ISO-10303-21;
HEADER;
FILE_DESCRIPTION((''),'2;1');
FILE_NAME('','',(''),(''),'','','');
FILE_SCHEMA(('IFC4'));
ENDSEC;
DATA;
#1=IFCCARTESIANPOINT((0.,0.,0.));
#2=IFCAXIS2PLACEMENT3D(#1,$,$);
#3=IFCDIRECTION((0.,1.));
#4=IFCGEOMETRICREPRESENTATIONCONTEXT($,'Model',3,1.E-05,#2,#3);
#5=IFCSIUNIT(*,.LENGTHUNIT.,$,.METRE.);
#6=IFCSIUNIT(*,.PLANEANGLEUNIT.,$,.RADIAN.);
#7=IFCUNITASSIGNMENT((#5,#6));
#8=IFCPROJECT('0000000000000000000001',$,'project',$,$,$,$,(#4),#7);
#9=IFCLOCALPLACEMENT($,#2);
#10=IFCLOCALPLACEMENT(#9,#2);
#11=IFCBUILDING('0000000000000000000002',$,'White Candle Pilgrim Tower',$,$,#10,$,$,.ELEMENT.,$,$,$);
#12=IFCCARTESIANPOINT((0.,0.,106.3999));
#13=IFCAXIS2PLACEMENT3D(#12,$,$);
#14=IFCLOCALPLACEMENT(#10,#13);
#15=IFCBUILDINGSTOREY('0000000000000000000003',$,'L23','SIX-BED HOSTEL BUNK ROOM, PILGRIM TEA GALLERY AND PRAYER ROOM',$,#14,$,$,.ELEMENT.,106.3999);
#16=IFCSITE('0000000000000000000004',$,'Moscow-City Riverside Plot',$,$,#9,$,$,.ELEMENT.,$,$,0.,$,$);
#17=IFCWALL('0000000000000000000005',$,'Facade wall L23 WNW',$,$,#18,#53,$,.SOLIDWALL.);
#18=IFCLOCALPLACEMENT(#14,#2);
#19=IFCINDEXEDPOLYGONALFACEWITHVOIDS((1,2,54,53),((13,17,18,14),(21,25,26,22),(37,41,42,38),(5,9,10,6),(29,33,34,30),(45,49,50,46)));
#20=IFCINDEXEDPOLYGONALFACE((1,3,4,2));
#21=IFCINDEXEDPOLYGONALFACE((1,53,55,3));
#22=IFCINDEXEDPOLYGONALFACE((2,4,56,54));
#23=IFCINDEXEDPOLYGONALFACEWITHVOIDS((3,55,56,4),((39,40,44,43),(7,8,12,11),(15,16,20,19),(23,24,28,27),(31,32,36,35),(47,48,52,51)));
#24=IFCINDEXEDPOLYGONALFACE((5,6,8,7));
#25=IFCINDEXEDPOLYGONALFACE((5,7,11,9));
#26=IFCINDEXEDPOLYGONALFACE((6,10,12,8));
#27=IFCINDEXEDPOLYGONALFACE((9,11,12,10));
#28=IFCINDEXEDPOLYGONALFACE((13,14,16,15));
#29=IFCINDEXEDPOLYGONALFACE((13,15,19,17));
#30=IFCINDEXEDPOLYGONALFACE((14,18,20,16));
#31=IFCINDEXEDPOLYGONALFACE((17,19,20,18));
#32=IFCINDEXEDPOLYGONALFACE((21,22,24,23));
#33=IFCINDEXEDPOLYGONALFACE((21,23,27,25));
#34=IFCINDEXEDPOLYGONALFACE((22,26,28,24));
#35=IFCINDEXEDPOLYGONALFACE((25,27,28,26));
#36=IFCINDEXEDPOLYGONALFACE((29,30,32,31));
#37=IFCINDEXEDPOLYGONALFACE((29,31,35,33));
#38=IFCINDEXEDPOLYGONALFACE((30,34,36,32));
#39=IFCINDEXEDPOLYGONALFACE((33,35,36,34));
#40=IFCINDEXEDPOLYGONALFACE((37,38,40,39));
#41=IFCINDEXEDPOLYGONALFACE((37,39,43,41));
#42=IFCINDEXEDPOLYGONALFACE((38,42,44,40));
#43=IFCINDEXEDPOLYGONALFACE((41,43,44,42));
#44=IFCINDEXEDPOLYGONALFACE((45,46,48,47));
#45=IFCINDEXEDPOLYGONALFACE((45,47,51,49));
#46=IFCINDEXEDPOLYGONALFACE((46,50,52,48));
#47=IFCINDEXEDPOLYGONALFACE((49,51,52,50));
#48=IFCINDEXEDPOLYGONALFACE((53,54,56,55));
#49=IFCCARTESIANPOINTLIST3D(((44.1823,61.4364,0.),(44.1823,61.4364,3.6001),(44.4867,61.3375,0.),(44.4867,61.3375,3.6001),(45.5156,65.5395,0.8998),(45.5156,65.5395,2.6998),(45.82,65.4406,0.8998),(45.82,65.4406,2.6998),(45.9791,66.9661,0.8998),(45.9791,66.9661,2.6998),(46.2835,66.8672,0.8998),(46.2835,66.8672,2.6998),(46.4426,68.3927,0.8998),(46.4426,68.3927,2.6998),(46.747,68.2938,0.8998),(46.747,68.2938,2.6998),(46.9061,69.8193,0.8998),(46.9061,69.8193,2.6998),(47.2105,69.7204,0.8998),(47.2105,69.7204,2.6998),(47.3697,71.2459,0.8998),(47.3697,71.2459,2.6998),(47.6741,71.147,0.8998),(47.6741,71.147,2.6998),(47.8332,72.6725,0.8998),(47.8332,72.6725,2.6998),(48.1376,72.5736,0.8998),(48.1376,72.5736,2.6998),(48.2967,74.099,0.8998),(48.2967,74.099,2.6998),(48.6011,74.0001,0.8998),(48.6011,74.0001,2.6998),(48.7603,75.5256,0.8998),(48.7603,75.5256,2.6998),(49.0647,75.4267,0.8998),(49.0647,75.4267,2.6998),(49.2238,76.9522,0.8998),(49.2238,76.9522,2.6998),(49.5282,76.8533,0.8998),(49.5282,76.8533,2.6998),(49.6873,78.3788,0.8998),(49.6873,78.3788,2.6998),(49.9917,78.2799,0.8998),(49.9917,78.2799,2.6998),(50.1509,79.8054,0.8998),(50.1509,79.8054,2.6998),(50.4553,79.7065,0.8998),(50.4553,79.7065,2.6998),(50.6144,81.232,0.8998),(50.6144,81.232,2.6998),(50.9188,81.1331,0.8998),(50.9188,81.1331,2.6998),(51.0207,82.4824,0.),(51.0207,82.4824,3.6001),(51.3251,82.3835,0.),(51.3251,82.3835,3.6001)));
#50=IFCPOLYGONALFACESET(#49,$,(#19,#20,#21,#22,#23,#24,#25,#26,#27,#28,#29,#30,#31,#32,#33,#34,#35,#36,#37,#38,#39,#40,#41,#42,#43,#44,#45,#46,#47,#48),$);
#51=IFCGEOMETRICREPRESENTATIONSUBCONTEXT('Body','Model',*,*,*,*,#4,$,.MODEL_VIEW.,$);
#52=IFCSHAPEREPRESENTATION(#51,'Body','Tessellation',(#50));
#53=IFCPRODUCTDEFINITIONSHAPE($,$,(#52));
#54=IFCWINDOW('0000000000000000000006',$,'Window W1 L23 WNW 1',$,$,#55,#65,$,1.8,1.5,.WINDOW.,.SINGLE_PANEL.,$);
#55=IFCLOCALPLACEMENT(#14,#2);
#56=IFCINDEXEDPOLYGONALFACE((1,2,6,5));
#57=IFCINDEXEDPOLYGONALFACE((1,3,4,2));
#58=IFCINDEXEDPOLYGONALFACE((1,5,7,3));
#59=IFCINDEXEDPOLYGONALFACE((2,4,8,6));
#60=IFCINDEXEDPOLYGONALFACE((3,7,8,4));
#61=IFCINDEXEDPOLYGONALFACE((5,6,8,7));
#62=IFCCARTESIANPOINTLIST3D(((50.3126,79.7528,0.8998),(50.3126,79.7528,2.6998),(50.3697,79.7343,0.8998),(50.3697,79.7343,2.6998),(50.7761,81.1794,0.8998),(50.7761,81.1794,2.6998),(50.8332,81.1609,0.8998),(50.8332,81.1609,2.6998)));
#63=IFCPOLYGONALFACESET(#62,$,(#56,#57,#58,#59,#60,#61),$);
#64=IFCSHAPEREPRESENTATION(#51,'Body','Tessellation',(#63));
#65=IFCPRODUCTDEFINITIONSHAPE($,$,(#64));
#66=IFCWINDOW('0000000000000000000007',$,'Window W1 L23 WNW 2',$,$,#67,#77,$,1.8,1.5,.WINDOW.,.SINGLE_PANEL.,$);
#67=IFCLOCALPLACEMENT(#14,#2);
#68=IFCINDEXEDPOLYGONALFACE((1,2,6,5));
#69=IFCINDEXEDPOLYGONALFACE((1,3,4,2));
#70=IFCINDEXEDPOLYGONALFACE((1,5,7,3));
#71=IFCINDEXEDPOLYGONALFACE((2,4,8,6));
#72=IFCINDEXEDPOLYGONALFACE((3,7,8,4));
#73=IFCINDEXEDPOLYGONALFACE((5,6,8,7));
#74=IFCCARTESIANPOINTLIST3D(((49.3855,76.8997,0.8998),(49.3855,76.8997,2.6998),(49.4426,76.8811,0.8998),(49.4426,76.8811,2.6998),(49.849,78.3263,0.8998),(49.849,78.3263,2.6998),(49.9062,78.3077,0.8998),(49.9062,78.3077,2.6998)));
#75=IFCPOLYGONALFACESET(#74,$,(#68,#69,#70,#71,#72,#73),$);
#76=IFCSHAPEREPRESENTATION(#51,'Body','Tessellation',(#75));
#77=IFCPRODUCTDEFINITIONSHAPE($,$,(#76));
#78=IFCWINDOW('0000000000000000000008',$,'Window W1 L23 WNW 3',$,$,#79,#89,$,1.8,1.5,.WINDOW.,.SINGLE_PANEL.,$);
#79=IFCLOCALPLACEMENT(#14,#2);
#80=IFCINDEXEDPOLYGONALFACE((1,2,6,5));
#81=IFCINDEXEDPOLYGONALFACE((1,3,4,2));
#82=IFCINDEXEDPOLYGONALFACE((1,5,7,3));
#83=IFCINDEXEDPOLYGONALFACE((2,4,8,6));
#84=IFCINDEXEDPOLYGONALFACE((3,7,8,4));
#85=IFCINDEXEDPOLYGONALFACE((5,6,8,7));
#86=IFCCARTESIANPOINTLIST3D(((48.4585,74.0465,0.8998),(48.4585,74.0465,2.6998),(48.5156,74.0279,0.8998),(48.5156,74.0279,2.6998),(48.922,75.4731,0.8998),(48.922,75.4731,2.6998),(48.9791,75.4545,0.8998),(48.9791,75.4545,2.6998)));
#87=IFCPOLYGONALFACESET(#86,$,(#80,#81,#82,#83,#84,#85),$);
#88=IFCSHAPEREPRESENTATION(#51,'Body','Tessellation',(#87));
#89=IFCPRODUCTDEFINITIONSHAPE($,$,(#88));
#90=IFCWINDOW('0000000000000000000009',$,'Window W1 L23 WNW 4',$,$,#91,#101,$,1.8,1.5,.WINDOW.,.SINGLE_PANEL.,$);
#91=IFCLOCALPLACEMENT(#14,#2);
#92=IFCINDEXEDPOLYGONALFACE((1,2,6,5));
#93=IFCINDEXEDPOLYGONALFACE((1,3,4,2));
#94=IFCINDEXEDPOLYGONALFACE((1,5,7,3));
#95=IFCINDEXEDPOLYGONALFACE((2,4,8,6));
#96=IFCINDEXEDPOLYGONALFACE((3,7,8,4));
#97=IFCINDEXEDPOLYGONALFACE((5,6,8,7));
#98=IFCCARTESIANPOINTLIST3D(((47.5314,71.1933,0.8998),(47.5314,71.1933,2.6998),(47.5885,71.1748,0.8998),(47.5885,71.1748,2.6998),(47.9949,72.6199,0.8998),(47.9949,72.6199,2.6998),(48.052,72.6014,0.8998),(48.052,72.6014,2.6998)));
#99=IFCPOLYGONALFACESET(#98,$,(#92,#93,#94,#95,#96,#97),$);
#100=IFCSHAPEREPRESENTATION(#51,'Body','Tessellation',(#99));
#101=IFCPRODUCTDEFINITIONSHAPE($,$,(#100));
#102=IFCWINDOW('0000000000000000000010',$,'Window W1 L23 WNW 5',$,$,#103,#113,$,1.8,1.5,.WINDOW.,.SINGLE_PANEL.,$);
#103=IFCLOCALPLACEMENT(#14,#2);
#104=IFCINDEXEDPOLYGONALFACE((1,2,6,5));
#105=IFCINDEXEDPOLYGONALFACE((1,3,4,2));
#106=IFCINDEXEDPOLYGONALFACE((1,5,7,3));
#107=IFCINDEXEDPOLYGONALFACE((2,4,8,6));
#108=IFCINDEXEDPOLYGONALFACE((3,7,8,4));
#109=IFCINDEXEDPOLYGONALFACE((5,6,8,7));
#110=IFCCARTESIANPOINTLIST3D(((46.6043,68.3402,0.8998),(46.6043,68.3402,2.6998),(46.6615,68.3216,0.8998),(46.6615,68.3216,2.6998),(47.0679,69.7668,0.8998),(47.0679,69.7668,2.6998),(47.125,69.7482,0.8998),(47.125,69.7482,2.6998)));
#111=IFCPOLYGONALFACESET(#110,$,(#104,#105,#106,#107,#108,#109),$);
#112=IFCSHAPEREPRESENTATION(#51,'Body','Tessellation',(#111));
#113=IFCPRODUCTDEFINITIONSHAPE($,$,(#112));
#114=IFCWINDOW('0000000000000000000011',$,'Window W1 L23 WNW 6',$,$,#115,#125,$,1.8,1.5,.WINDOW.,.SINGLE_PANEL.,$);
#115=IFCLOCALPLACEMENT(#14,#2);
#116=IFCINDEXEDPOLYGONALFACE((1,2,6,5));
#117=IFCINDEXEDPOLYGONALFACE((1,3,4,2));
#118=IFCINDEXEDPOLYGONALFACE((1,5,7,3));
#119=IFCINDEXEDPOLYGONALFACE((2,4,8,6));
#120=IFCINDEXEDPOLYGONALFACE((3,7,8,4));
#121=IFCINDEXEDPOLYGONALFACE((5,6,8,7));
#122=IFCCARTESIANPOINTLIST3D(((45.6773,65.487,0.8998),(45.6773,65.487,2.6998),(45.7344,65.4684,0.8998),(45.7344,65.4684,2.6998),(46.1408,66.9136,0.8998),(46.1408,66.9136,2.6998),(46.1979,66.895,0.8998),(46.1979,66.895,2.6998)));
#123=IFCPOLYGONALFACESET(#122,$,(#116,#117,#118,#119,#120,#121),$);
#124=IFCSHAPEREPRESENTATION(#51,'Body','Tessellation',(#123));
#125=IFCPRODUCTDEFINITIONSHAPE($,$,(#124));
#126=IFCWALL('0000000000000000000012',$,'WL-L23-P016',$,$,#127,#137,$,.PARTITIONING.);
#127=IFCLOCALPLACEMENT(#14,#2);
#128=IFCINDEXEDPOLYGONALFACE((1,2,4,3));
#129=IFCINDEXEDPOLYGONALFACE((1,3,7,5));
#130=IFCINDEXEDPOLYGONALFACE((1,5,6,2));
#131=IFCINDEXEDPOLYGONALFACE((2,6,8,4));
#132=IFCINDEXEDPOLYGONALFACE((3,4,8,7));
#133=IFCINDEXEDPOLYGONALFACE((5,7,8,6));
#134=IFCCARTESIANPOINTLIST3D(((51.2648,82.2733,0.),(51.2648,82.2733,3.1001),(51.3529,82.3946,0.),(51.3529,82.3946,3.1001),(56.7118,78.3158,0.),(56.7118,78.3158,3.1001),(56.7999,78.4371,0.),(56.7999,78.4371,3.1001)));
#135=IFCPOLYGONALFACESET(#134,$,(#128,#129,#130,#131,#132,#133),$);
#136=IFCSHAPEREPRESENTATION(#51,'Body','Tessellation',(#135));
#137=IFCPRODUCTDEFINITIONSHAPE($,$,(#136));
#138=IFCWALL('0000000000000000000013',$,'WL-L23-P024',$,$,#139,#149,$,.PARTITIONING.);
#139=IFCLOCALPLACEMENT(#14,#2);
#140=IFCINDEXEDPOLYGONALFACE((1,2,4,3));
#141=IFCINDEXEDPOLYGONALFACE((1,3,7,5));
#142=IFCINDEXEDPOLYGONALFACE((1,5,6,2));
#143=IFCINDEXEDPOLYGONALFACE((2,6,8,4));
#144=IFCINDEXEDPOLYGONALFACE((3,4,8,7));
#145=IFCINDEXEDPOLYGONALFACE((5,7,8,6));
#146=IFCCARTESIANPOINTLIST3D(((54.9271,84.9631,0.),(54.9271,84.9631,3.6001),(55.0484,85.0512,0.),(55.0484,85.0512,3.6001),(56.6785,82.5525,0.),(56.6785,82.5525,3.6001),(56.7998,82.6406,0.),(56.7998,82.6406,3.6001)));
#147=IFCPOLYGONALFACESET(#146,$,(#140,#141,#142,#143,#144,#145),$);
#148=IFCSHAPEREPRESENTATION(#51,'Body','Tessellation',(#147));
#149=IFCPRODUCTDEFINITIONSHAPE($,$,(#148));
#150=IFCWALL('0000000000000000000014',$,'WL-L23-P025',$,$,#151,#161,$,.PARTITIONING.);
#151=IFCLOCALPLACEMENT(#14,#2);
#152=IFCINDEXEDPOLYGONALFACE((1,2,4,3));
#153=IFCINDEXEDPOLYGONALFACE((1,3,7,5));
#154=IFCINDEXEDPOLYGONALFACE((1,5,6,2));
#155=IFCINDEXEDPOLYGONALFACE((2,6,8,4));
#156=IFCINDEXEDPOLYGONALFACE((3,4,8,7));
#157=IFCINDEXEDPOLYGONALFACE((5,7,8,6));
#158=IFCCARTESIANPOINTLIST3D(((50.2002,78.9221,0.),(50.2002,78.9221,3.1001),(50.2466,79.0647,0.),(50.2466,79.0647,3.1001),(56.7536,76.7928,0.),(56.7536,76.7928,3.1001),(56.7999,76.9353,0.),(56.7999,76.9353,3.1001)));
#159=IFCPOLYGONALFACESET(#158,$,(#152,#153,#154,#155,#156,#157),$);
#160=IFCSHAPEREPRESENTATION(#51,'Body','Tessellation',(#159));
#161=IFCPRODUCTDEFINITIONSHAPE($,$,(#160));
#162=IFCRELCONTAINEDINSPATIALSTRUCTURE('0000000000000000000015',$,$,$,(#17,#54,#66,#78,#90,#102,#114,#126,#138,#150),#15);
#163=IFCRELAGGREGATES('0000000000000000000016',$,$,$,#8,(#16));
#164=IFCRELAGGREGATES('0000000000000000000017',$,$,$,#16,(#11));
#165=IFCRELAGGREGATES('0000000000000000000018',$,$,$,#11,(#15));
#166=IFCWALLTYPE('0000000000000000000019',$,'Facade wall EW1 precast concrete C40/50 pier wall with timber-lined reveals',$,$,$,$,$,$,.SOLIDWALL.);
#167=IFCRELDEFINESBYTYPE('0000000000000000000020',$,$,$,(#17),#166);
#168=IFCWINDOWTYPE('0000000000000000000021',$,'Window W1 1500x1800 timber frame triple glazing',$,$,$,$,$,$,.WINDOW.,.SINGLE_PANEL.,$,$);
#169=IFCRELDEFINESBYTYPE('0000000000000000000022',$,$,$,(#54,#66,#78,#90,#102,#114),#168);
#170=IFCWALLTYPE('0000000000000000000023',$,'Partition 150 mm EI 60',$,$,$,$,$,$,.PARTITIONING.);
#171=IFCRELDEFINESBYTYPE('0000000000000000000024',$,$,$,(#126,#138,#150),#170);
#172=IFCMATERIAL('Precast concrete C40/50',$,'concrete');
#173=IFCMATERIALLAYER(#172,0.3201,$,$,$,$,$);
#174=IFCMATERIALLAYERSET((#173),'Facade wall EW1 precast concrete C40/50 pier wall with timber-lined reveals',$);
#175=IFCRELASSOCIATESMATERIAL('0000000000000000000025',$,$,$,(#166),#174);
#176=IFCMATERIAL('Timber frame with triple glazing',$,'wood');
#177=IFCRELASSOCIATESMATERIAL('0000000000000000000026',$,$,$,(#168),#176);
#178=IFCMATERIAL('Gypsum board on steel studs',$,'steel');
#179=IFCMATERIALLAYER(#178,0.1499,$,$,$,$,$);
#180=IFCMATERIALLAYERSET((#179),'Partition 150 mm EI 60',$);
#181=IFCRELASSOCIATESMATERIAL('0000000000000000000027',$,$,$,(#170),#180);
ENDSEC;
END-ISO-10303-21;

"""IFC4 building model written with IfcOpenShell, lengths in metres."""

from ifc_helpers import new_model, si_unit, direction, frame, frame_2d, origin, place, context, subcontext, project, spatial, rectangle, extrude, material, layer, layer_set, type_object, element, fill, save


model = new_model("IFC4")

# Units and contexts
model_context = context("Model", 3, precision=1e-05, world=origin(), true_north=direction((0.0, 1.0)))
body_context = subcontext(model_context, "Body", "Model", "MODEL_VIEW")
ifc_project = project(units=[si_unit("LENGTHUNIT", "METRE"), si_unit("PLANEANGLEUNIT", "RADIAN")], contexts=[model_context])

# Site, building, storey
site_placement = place(None, origin())
site = spatial("IfcSite", under=ifc_project, at=site_placement, Name="Moscow-City Riverside Plot", CompositionType="ELEMENT", RefElevation=0.0)
building_placement = place(site_placement, origin())
building = spatial("IfcBuilding", under=site, at=building_placement, Name="White Candle Pilgrim Tower", CompositionType="ELEMENT")
storey_placement = place(building_placement, frame((0.0, 0.0, 106.3999)))
storey = spatial("IfcBuildingStorey", under=building, at=storey_placement, Name="L23", Description="SIX-BED HOSTEL BUNK ROOM, PILGRIM TEA GALLERY AND PRAYER ROOM", CompositionType="ELEMENT", Elevation=106.3999)

# Wall, openings, windows
ifc_material_1 = material(Name="Precast concrete C40/50", Category="concrete")
ifc_layer_1 = layer(ifc_material_1, 0.3201)
ifc_layer_set_1 = layer_set([ifc_layer_1], Name="Facade wall EW1 precast concrete C40/50 pier wall with timber-lined reveals")
wall_type_1 = type_object("IfcWallType", Name="Facade wall EW1 precast concrete C40/50 pier wall with timber-lined reveals", PredefinedType="SOLIDWALL", material=ifc_layer_set_1)
ifc_material_2 = material(Name="Timber frame with triple glazing", Category="wood")
wall_1_placement = place(storey_placement, frame((51.1729, 82.4329, 0.0), z_axis=(0.0, 0.0, 1.0), x_axis=(-0.30902, -0.951056, 0.0)))
wall_1 = element("IfcWall", 1, at=wall_1_placement, inside=storey, type_object=wall_type_1, Name="Facade wall L23 WNW", PredefinedType="SOLIDWALL", context=body_context, shape_type="SweptSolid", body=[
    extrude(rectangle(XDim=22.1292, YDim=0.3201, at=frame_2d((11.0645, 0.0))), origin(), (0.0, 0.0, 1.0), 3.6001),
])
opening_1_placement = place(wall_1_placement, frame((1.3147, 0.0, 0.8999)))
opening_1 = element("IfcOpeningElement", 2, at=opening_1_placement, cuts=wall_1, PredefinedType="OPENING", context=body_context, shape_type="SweptSolid", body=[
    extrude(rectangle(XDim=1.5, YDim=1.8, at=frame_2d((0.75, 0.8999))), frame((0.0, 0.1699, 0.0), z_axis=(0.0, -1.0, 0.0), x_axis=(1.0, 0.0, 0.0)), (0.0, 0.0, 1.0), 0.3401),
])
opening_2_placement = place(wall_1_placement, frame((4.3147, 0.0, 0.8999)))
opening_2 = element("IfcOpeningElement", 3, at=opening_2_placement, cuts=wall_1, PredefinedType="OPENING", context=body_context, shape_type="SweptSolid", body=[
    extrude(rectangle(XDim=1.5, YDim=1.8, at=frame_2d((0.75, 0.8999))), frame((0.0, 0.1699, 0.0), z_axis=(0.0, -1.0, 0.0), x_axis=(1.0, 0.0, 0.0)), (0.0, 0.0, 1.0), 0.3401),
])
opening_3_placement = place(wall_1_placement, frame((7.3147, 0.0, 0.8999)))
opening_3 = element("IfcOpeningElement", 4, at=opening_3_placement, cuts=wall_1, PredefinedType="OPENING", context=body_context, shape_type="SweptSolid", body=[
    extrude(rectangle(XDim=1.5, YDim=1.8, at=frame_2d((0.75, 0.8999))), frame((0.0, 0.1699, 0.0), z_axis=(0.0, -1.0, 0.0), x_axis=(1.0, 0.0, 0.0)), (0.0, 0.0, 1.0), 0.3401),
])
opening_4_placement = place(wall_1_placement, frame((10.3147, 0.0, 0.8999)))
opening_4 = element("IfcOpeningElement", 5, at=opening_4_placement, cuts=wall_1, PredefinedType="OPENING", context=body_context, shape_type="SweptSolid", body=[
    extrude(rectangle(XDim=1.5, YDim=1.8, at=frame_2d((0.75, 0.8999))), frame((0.0, 0.1699, 0.0), z_axis=(0.0, -1.0, 0.0), x_axis=(1.0, 0.0, 0.0)), (0.0, 0.0, 1.0), 0.3401),
])
opening_5_placement = place(wall_1_placement, frame((13.3147, 0.0, 0.8999)))
opening_5 = element("IfcOpeningElement", 6, at=opening_5_placement, cuts=wall_1, PredefinedType="OPENING", context=body_context, shape_type="SweptSolid", body=[
    extrude(rectangle(XDim=1.5, YDim=1.8, at=frame_2d((0.75, 0.8999))), frame((0.0, 0.1699, 0.0), z_axis=(0.0, -1.0, 0.0), x_axis=(1.0, 0.0, 0.0)), (0.0, 0.0, 1.0), 0.3401),
])
opening_6_placement = place(wall_1_placement, frame((16.3147, 0.0, 0.8999)))
opening_6 = element("IfcOpeningElement", 7, at=opening_6_placement, cuts=wall_1, PredefinedType="OPENING", context=body_context, shape_type="SweptSolid", body=[
    extrude(rectangle(XDim=1.5, YDim=1.8, at=frame_2d((0.75, 0.8999))), frame((0.0, 0.1699, 0.0), z_axis=(0.0, -1.0, 0.0), x_axis=(1.0, 0.0, 0.0)), (0.0, 0.0, 1.0), 0.3401),
])
window_type_1 = type_object("IfcWindowType", Name="Window W1 1500x1800 timber frame triple glazing", PartitioningType="SINGLE_PANEL", PredefinedType="WINDOW", material=ifc_material_2)
window_1_placement = place(opening_1_placement, origin())
window_1 = element("IfcWindow", 8, at=window_1_placement, inside=storey, type_object=window_type_1, Name="Window W1 L23 WNW 1", OverallHeight=1.8, OverallWidth=1.5, PartitioningType="SINGLE_PANEL", PredefinedType="WINDOW", context=body_context, shape_type="SweptSolid", body=[
    extrude(rectangle(XDim=1.5, YDim=1.8, at=frame_2d((0.75, 0.8999))), frame((0.0, 0.0701, 0.0), z_axis=(0.0, -1.0, 0.0), x_axis=(1.0, 0.0, 0.0)), (0.0, 0.0, 1.0), 0.0601),
])
fill(opening_1, window_1)
window_2_placement = place(opening_2_placement, origin())
window_2 = element("IfcWindow", 9, at=window_2_placement, inside=storey, type_object=window_type_1, Name="Window W1 L23 WNW 2", OverallHeight=1.8, OverallWidth=1.5, PartitioningType="SINGLE_PANEL", PredefinedType="WINDOW", context=body_context, shape_type="SweptSolid", body=[
    extrude(rectangle(XDim=1.5, YDim=1.8, at=frame_2d((0.75, 0.8999))), frame((0.0, 0.0701, 0.0), z_axis=(0.0, -1.0, 0.0), x_axis=(1.0, 0.0, 0.0)), (0.0, 0.0, 1.0), 0.0601),
])
fill(opening_2, window_2)
window_3_placement = place(opening_3_placement, origin())
window_3 = element("IfcWindow", 10, at=window_3_placement, inside=storey, type_object=window_type_1, Name="Window W1 L23 WNW 3", OverallHeight=1.8, OverallWidth=1.5, PartitioningType="SINGLE_PANEL", PredefinedType="WINDOW", context=body_context, shape_type="SweptSolid", body=[
    extrude(rectangle(XDim=1.5, YDim=1.8, at=frame_2d((0.75, 0.8999))), frame((0.0, 0.0701, 0.0), z_axis=(0.0, -1.0, 0.0), x_axis=(1.0, 0.0, 0.0)), (0.0, 0.0, 1.0), 0.0601),
])
fill(opening_3, window_3)
window_4_placement = place(opening_4_placement, origin())
window_4 = element("IfcWindow", 11, at=window_4_placement, inside=storey, type_object=window_type_1, Name="Window W1 L23 WNW 4", OverallHeight=1.8, OverallWidth=1.5, PartitioningType="SINGLE_PANEL", PredefinedType="WINDOW", context=body_context, shape_type="SweptSolid", body=[
    extrude(rectangle(XDim=1.5, YDim=1.8, at=frame_2d((0.75, 0.8999))), frame((0.0, 0.0701, 0.0), z_axis=(0.0, -1.0, 0.0), x_axis=(1.0, 0.0, 0.0)), (0.0, 0.0, 1.0), 0.0601),
])
fill(opening_4, window_4)
window_5_placement = place(opening_5_placement, origin())
window_5 = element("IfcWindow", 12, at=window_5_placement, inside=storey, type_object=window_type_1, Name="Window W1 L23 WNW 5", OverallHeight=1.8, OverallWidth=1.5, PartitioningType="SINGLE_PANEL", PredefinedType="WINDOW", context=body_context, shape_type="SweptSolid", body=[
    extrude(rectangle(XDim=1.5, YDim=1.8, at=frame_2d((0.75, 0.8999))), frame((0.0, 0.0701, 0.0), z_axis=(0.0, -1.0, 0.0), x_axis=(1.0, 0.0, 0.0)), (0.0, 0.0, 1.0), 0.0601),
])
fill(opening_5, window_5)
window_6_placement = place(opening_6_placement, origin())
window_6 = element("IfcWindow", 13, at=window_6_placement, inside=storey, type_object=window_type_1, Name="Window W1 L23 WNW 6", OverallHeight=1.8, OverallWidth=1.5, PartitioningType="SINGLE_PANEL", PredefinedType="WINDOW", context=body_context, shape_type="SweptSolid", body=[
    extrude(rectangle(XDim=1.5, YDim=1.8, at=frame_2d((0.75, 0.8999))), frame((0.0, 0.0701, 0.0), z_axis=(0.0, -1.0, 0.0), x_axis=(1.0, 0.0, 0.0)), (0.0, 0.0, 1.0), 0.0601),
])
fill(opening_6, window_6)

# Walls
ifc_material_3 = material(Name="Gypsum board on steel studs", Category="steel")
ifc_layer_2 = layer(ifc_material_3, 0.1499)
ifc_layer_set_2 = layer_set([ifc_layer_2], Name="Partition 150 mm EI 60")
wall_type_2 = type_object("IfcWallType", Name="Partition 150 mm EI 60", PredefinedType="PARTITIONING", material=ifc_layer_set_2)
wall_2_placement = place(storey_placement, frame((51.3088, 82.334, 0.0), z_axis=(0.0, 0.0, 1.0), x_axis=(0.809015, -0.587788, 0.0)))
element("IfcWall", 14, at=wall_2_placement, inside=storey, type_object=wall_type_2, Name="WL-L23-P016", PredefinedType="PARTITIONING", context=body_context, shape_type="SweptSolid", body=[
    extrude(rectangle(XDim=6.7329, YDim=0.1499, at=frame_2d((3.3665, 0.0))), origin(), (0.0, 0.0, 1.0), 3.1001),
])
wall_3_placement = place(storey_placement, frame((54.9878, 85.0071, 0.0), z_axis=(0.0, 0.0, 1.0), x_axis=(0.587792, -0.809012, 0.0)))
element("IfcWall", 15, at=wall_3_placement, inside=storey, type_object=wall_type_2, Name="WL-L23-P024", PredefinedType="PARTITIONING", context=body_context, shape_type="SweptSolid", body=[
    extrude(rectangle(XDim=2.9797, YDim=0.1499, at=frame_2d((1.4897, 0.0))), origin(), (0.0, 0.0, 1.0), 3.6001),
])
wall_4_placement = place(storey_placement, frame((50.2234, 78.9934, 0.0), z_axis=(0.0, 0.0, 1.0), x_axis=(0.951055, -0.309023, 0.0)))
element("IfcWall", 16, at=wall_4_placement, inside=storey, type_object=wall_type_2, Name="WL-L23-P025", PredefinedType="PARTITIONING", context=body_context, shape_type="SweptSolid", body=[
    extrude(rectangle(XDim=6.8906, YDim=0.1499, at=frame_2d((3.4453, 0.0))), origin(), (0.0, 0.0, 1.0), 3.1001),
])

save(model, "model.ifc")
